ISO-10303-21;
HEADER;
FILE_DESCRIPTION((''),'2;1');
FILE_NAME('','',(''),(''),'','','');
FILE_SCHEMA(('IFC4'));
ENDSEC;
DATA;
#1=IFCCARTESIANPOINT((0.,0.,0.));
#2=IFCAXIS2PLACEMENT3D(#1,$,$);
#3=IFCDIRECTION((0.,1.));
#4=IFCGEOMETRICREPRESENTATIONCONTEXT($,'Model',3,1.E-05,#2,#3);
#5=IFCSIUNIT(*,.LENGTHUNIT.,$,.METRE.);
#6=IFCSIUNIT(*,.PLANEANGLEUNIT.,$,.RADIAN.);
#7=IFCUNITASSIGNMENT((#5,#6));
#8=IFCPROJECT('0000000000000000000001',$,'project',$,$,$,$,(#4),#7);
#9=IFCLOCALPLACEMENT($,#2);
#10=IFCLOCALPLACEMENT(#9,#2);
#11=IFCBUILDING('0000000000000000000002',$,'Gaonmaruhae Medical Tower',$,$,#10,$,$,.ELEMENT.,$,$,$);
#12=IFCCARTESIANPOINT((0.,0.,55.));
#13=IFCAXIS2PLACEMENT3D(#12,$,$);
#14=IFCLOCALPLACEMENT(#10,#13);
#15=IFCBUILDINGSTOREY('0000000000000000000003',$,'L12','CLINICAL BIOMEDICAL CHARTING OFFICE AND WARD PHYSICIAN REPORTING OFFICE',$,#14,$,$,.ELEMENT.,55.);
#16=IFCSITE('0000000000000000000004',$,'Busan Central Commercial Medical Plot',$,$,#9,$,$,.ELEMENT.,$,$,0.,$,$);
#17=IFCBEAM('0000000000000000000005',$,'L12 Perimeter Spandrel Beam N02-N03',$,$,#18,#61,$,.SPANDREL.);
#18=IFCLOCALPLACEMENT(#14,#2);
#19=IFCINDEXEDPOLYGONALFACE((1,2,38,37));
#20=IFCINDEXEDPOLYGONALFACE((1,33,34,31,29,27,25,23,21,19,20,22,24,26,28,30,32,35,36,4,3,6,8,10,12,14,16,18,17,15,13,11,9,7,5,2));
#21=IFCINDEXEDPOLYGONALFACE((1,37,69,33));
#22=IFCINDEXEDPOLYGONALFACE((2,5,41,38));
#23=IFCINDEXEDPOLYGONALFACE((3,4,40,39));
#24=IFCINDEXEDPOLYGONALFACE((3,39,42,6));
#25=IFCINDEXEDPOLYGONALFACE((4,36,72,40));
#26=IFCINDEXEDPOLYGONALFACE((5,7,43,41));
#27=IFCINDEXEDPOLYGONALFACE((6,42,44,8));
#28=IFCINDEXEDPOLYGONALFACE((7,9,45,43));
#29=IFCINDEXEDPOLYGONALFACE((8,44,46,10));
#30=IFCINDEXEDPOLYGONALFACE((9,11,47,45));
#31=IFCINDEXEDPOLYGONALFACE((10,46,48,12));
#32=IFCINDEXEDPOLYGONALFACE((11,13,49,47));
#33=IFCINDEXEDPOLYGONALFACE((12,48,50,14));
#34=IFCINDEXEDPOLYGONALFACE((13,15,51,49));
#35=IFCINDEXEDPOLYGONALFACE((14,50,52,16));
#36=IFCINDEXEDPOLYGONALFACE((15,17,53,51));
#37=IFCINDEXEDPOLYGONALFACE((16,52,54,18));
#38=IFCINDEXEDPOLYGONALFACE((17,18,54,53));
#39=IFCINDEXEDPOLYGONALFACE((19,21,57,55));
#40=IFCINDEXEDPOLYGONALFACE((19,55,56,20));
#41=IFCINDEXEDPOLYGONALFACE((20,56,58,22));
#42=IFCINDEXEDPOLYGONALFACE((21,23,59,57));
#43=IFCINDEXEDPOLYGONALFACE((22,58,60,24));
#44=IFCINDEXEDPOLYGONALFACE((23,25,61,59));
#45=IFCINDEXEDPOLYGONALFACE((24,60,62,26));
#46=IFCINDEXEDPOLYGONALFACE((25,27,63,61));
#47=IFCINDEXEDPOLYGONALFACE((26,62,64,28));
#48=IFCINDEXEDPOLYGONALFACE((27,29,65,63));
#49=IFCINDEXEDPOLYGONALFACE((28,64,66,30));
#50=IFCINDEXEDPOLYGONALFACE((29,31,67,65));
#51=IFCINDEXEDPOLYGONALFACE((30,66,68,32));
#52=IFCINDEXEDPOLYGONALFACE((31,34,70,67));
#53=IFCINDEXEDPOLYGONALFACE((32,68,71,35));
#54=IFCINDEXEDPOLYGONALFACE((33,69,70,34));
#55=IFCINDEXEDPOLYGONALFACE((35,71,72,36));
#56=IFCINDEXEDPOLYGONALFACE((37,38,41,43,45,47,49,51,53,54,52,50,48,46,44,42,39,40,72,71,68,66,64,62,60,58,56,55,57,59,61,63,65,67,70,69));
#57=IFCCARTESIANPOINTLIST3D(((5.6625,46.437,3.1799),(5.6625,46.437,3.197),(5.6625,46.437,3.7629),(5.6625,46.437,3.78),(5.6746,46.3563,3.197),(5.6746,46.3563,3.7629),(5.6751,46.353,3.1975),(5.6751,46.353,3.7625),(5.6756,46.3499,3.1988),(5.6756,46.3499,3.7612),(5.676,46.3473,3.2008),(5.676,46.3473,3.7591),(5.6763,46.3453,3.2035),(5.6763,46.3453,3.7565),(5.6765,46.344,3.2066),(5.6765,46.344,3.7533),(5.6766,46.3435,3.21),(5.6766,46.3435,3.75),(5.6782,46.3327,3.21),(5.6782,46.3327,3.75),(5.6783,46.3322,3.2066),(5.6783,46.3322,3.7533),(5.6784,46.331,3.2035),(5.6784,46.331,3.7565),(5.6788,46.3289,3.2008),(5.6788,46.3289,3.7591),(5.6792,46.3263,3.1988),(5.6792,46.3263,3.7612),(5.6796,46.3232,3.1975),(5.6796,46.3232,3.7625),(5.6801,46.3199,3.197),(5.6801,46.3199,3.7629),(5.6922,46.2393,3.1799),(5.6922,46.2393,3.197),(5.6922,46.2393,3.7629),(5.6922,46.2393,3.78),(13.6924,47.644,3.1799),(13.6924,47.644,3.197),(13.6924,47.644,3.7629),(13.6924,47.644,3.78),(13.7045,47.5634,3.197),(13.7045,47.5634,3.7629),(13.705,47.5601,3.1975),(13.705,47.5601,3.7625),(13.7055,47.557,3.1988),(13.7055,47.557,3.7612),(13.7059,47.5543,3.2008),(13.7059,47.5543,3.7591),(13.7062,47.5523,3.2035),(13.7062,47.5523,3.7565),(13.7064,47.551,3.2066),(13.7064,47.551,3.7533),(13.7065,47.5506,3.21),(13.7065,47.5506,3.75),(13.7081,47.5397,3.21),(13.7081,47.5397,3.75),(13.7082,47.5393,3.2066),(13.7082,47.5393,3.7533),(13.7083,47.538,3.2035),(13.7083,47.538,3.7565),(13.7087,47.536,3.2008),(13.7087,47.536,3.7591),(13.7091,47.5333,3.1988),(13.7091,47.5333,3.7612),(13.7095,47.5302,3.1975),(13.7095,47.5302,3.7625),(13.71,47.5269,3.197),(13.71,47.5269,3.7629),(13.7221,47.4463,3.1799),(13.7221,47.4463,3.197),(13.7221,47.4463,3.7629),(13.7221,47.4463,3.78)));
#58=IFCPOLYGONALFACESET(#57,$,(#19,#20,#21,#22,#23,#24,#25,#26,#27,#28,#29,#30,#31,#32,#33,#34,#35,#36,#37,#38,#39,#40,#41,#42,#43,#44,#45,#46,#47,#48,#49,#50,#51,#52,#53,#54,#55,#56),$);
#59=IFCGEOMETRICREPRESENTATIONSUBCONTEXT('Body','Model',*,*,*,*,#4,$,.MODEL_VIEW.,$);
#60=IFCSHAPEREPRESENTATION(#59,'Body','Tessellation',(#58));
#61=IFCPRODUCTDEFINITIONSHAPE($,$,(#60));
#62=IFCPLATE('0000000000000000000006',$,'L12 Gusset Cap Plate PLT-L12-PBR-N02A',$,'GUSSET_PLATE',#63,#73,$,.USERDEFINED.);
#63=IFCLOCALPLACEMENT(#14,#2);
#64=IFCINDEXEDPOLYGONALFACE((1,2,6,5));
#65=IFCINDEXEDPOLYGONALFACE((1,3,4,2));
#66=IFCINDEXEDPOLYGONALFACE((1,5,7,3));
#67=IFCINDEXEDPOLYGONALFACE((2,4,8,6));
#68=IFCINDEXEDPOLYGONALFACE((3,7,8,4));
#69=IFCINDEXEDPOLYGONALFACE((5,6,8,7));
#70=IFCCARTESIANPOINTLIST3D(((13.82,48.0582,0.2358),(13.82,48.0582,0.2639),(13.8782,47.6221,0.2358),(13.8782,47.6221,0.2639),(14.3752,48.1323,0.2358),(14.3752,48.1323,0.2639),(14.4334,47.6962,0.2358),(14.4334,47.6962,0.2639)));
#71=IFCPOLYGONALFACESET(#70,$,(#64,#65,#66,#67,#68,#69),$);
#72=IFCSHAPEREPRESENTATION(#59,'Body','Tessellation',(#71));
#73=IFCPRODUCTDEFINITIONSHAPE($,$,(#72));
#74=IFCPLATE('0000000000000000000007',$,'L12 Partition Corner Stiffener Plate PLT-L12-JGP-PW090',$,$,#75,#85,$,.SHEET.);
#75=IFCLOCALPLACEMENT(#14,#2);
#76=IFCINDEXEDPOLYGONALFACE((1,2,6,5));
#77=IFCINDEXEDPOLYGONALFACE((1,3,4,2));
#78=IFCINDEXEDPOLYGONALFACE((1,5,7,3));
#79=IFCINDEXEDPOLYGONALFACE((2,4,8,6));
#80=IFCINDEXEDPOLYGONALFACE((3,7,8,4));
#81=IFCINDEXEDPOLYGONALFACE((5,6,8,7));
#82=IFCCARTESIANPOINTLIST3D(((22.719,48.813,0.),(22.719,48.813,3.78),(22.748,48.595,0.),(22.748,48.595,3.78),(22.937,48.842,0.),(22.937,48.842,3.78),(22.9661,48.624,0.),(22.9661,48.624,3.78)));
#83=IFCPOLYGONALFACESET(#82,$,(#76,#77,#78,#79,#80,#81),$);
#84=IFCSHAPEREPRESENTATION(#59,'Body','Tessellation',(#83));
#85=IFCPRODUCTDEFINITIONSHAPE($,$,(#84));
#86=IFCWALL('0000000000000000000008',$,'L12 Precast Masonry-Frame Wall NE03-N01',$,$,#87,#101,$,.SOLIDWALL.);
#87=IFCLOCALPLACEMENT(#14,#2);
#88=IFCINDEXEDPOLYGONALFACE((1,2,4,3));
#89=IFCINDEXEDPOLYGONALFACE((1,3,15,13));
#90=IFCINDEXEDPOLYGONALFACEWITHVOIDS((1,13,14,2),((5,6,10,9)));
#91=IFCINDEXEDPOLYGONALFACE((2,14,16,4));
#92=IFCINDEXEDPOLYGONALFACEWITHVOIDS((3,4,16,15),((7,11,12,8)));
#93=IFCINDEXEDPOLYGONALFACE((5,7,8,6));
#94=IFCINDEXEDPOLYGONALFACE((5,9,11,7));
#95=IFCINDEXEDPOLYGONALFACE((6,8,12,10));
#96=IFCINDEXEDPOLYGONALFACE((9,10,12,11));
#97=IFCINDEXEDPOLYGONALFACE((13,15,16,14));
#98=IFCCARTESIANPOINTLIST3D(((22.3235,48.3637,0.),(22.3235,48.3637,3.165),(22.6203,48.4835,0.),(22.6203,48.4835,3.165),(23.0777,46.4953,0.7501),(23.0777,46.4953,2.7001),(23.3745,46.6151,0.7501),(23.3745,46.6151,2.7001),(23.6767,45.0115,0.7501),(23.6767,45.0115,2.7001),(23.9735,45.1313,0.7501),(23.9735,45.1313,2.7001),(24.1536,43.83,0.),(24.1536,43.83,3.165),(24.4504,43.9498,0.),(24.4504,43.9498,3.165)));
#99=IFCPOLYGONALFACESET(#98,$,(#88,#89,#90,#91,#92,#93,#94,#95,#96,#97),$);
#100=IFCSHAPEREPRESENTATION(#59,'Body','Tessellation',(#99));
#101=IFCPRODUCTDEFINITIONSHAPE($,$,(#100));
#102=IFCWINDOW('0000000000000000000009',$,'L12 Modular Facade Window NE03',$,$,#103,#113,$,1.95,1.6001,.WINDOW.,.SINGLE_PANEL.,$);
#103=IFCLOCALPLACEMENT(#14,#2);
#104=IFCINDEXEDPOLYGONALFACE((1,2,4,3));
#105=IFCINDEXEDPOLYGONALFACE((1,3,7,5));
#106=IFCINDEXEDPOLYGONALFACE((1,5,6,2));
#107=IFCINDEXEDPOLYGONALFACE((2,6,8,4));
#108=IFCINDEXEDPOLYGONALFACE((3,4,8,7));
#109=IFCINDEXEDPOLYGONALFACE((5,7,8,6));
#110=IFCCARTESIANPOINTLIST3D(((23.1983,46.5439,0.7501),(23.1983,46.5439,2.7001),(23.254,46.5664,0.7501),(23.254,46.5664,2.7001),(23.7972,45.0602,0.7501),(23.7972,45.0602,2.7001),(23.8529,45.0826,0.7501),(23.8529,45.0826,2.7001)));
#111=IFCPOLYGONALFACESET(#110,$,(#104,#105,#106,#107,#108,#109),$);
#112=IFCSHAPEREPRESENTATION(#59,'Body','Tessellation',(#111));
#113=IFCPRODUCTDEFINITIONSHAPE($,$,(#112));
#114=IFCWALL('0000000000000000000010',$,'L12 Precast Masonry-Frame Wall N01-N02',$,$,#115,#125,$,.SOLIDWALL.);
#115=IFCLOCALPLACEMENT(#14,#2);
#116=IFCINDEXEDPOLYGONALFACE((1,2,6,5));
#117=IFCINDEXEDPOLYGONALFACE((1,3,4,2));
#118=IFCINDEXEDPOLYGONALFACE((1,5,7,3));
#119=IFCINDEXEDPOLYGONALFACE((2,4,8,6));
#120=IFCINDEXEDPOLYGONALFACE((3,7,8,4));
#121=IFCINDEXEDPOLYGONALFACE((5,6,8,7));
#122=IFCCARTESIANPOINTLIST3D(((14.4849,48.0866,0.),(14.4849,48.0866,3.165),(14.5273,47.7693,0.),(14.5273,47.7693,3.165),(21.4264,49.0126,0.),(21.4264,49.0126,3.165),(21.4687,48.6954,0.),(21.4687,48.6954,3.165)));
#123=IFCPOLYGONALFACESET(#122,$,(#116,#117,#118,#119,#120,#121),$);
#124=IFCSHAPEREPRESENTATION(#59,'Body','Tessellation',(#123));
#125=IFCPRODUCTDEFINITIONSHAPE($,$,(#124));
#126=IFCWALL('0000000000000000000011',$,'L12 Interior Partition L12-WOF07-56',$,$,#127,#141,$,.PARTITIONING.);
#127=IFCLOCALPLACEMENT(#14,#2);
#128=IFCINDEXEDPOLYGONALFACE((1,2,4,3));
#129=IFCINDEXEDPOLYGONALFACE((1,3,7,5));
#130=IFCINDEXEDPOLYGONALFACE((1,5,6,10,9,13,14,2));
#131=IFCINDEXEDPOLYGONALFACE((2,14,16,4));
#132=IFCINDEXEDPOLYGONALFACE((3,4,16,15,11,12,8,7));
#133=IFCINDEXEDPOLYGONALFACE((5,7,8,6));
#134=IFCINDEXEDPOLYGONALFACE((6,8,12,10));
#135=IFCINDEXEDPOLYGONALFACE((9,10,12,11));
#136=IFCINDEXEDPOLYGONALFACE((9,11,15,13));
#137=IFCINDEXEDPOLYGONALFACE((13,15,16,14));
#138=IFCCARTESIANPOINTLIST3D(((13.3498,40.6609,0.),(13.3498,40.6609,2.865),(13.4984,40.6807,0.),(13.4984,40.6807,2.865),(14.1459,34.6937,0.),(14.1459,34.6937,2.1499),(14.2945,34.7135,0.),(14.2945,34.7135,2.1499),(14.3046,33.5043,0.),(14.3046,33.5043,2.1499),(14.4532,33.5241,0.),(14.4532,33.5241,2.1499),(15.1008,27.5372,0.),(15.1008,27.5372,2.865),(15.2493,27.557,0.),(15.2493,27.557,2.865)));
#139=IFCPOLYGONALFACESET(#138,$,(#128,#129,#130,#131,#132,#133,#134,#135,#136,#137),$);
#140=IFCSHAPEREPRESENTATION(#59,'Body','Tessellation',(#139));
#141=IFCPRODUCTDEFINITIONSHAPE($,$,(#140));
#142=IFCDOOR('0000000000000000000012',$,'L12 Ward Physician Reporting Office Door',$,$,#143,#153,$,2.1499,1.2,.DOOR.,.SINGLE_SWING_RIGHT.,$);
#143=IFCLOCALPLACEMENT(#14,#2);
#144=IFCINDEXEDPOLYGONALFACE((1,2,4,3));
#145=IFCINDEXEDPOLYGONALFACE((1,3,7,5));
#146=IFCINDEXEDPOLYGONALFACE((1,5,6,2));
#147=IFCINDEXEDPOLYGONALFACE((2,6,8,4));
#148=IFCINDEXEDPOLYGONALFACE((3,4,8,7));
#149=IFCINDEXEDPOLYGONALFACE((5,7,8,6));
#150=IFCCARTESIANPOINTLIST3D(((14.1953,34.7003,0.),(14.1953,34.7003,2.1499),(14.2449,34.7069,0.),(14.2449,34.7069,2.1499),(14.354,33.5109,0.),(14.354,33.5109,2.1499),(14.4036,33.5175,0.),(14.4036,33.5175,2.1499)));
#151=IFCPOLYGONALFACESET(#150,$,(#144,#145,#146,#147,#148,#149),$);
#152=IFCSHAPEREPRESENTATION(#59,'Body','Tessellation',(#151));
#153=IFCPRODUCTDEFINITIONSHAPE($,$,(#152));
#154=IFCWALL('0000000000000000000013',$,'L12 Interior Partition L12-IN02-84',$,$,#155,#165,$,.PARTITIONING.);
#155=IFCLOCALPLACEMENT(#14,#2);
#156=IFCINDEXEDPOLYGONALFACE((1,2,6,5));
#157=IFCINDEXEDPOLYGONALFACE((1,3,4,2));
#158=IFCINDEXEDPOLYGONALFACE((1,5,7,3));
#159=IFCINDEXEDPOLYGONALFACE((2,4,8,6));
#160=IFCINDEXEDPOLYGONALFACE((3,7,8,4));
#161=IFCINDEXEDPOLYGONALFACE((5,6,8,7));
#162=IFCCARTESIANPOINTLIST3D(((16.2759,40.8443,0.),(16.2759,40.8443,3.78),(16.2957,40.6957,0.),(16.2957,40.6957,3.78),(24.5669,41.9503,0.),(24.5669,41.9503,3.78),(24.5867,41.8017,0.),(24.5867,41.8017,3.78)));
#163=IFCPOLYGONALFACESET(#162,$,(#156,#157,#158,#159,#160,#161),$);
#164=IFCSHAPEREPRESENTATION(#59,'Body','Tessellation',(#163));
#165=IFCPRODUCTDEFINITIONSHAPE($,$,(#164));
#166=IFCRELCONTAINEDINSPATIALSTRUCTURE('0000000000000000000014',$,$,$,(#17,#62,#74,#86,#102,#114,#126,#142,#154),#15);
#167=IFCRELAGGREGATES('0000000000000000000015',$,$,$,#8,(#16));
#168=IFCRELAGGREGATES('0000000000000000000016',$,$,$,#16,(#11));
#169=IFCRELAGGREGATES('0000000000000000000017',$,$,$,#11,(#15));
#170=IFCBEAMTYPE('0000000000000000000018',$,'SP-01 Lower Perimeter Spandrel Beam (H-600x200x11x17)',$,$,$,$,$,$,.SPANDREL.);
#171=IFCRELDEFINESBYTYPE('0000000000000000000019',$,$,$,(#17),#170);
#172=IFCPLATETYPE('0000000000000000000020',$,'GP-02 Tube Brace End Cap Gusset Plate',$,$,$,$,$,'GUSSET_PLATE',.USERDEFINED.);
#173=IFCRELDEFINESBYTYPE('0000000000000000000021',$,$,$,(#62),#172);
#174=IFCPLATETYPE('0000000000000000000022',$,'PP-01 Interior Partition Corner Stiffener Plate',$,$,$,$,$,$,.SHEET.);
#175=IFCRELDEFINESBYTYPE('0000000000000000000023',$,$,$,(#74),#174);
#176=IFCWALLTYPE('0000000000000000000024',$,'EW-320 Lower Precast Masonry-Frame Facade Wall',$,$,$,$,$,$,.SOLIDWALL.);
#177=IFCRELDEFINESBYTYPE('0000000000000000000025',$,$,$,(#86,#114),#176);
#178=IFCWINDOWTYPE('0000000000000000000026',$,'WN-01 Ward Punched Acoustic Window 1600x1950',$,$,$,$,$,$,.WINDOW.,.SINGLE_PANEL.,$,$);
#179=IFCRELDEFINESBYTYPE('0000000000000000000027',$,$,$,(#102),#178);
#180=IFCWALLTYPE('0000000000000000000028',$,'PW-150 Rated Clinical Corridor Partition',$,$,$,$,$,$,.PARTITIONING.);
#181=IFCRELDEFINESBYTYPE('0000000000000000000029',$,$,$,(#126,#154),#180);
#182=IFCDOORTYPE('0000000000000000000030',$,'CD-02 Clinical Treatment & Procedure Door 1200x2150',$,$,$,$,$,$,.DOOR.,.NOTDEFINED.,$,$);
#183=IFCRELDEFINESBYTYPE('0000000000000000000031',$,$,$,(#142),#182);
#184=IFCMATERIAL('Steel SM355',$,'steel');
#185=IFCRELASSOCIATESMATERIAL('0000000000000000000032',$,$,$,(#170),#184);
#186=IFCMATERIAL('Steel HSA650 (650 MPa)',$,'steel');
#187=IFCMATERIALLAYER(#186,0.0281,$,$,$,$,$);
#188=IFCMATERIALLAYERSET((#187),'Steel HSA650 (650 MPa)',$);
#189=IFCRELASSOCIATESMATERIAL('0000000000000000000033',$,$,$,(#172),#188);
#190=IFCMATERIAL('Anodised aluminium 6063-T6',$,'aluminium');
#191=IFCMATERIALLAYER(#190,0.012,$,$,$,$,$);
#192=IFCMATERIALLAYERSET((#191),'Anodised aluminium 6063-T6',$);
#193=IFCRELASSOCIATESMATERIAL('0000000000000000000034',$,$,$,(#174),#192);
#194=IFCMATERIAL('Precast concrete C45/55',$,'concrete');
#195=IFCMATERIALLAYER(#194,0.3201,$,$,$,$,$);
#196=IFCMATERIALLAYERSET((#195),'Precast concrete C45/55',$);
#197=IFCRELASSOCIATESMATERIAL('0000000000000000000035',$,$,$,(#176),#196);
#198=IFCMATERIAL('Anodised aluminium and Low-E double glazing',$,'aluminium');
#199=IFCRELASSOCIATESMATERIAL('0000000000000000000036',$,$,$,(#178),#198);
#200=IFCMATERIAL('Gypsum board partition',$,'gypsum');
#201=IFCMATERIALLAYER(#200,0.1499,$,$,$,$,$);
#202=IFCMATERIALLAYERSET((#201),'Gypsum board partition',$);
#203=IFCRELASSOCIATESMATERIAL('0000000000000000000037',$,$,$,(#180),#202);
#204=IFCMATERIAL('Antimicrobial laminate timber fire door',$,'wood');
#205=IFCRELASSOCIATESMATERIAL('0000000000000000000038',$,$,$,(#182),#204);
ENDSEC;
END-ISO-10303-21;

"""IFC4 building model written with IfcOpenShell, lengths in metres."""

from ifc_helpers import new_model, si_unit, direction, frame, frame_2d, origin, origin_2d, place, context, subcontext, project, spatial, rectangle, i_section, extrude, material, layer, layer_set, material_profile, profile_set, type_object, element, fill, save


model = new_model("IFC4")

# Units and contexts
model_context = context("Model", 3, precision=1e-05, world=origin(), true_north=direction((0.0, 1.0)))
body_context = subcontext(model_context, "Body", "Model", "MODEL_VIEW")
ifc_project = project(units=[si_unit("LENGTHUNIT", "METRE"), si_unit("PLANEANGLEUNIT", "RADIAN")], contexts=[model_context])

# Site, building, storey
site_placement = place(None, origin())
site = spatial("IfcSite", under=ifc_project, at=site_placement, Name="Busan Central Commercial Medical Plot", CompositionType="ELEMENT", RefElevation=0.0)
building_placement = place(site_placement, origin())
building = spatial("IfcBuilding", under=site, at=building_placement, Name="Gaonmaruhae Medical Tower", CompositionType="ELEMENT")
storey_placement = place(building_placement, frame((0.0, 0.0, 55.0)))
storey = spatial("IfcBuildingStorey", under=building, at=storey_placement, Name="L12", Description="CLINICAL BIOMEDICAL CHARTING OFFICE AND WARD PHYSICIAN REPORTING OFFICE", CompositionType="ELEMENT", Elevation=55.0)

# Beam
ifc_material_1 = material(Name="Steel SM355", Category="steel")
ifc_material_profile_1 = material_profile(ifc_material_1, i_section(OverallWidth=0.2, OverallDepth=0.6001, WebThickness=0.011, FlangeThickness=0.0171, FilletRadius=0.0129, at=origin_2d()), Name="H-600x200x11x17")
ifc_profile_set_1 = profile_set([ifc_material_profile_1], Name="Steel SM355")
beam_type = type_object("IfcBeamType", Name="SP-01 Lower Perimeter Spandrel Beam (H-600x200x11x17)", PredefinedType="SPANDREL", material=ifc_profile_set_1)
for number, where, z_axis, x_axis, name in (
    (1, (13.7073, 47.5452, 3.48), (-0.98889, -0.148649, 0.0), (0.148649, -0.98889, 0.0), "L12 Perimeter Spandrel Beam N02-N03"),
):
    element("IfcBeam", number, at=place(storey_placement, frame(where, z_axis=z_axis, x_axis=x_axis)), inside=storey, type_object=beam_type, Name=name, PredefinedType="SPANDREL", context=body_context, shape_type="SweptSolid", body=[
        extrude(i_section(OverallWidth=0.2, OverallDepth=0.6001, WebThickness=0.011, FlangeThickness=0.0171, FilletRadius=0.0129, at=origin_2d()), origin(), (0.0, 0.0, 1.0), 8.1201),
    ])

# Plates
ifc_material_2 = material(Name="Steel HSA650 (650 MPa)", Category="steel")
ifc_layer_1 = layer(ifc_material_2, 0.0281)
ifc_layer_set_1 = layer_set([ifc_layer_1], Name="Steel HSA650 (650 MPa)")
plate_type_1 = type_object("IfcPlateType", Name="GP-02 Tube Brace End Cap Gusset Plate", ElementType="GUSSET_PLATE", PredefinedType="USERDEFINED", material=ifc_layer_set_1)
plate_1_placement = place(storey_placement, frame((14.1267, 47.8772, 0.2358), z_axis=(0.0, 0.0, 1.0), x_axis=(0.991216, 0.132256, 0.0)))
element("IfcPlate", 2, at=plate_1_placement, inside=storey, type_object=plate_type_1, Name="L12 Gusset Cap Plate PLT-L12-PBR-N02A", ObjectType="GUSSET_PLATE", PredefinedType="USERDEFINED", context=body_context, shape_type="SweptSolid", body=[
    extrude(rectangle(XDim=0.5601, YDim=0.4399, at=origin_2d()), origin(), (0.0, 0.0, 1.0), 0.0281),
])
ifc_material_3 = material(Name="Anodised aluminium 6063-T6", Category="aluminium")
ifc_layer_2 = layer(ifc_material_3, 0.012)
ifc_layer_set_2 = layer_set([ifc_layer_2], Name="Anodised aluminium 6063-T6")
plate_type_2 = type_object("IfcPlateType", Name="PP-01 Interior Partition Corner Stiffener Plate", PredefinedType="SHEET", material=ifc_layer_set_2)
plate_2_placement = place(storey_placement, frame((22.8425, 48.7185, 0.0), z_axis=(0.0, 0.0, 1.0), x_axis=(0.131945, -0.991257, 0.0)))
element("IfcPlate", 3, at=plate_2_placement, inside=storey, type_object=plate_type_2, Name="L12 Partition Corner Stiffener Plate PLT-L12-JGP-PW090", PredefinedType="SHEET", context=body_context, shape_type="SweptSolid", body=[
    extrude(rectangle(XDim=0.22, YDim=0.22, at=origin_2d()), origin(), (0.0, 0.0, 1.0), 3.78),
])

# Wall, opening, window
ifc_material_4 = material(Name="Precast concrete C45/55", Category="concrete")
ifc_layer_3 = layer(ifc_material_4, 0.3201)
ifc_layer_set_3 = layer_set([ifc_layer_3], Name="Precast concrete C45/55")
wall_type_1 = type_object("IfcWallType", Name="EW-320 Lower Precast Masonry-Frame Facade Wall", PredefinedType="SOLIDWALL", material=ifc_layer_set_3)
wall_1_placement = place(storey_placement, frame((22.4719, 48.4236, 0.0), z_axis=(0.0, 0.0, 1.0), x_axis=(0.374316, -0.927301, 0.0)))
wall_1 = element("IfcWall", 4, at=wall_1_placement, inside=storey, type_object=wall_type_1, Name="L12 Precast Masonry-Frame Wall NE03-N01", PredefinedType="SOLIDWALL", context=body_context, shape_type="SweptSolid", body=[
    extrude(rectangle(XDim=4.8892, YDim=0.3201, at=frame_2d((2.4446, 0.0))), origin(), (0.0, 0.0, 1.0), 3.165),
])
opening_1_placement = place(wall_1_placement, frame((2.0149, 0.0, 0.75)))
opening_1 = element("IfcOpeningElement", 5, at=opening_1_placement, cuts=wall_1, PredefinedType="OPENING", context=body_context, shape_type="SweptSolid", body=[
    extrude(rectangle(XDim=1.6001, YDim=1.95, at=frame_2d((0.8, 0.9751))), frame((0.0, 0.1699, 0.0), z_axis=(0.0, -1.0, 0.0), x_axis=(1.0, 0.0, 0.0)), (0.0, 0.0, 1.0), 0.3401),
])
ifc_material_5 = material(Name="Anodised aluminium and Low-E double glazing", Category="aluminium")
window_type = type_object("IfcWindowType", Name="WN-01 Ward Punched Acoustic Window 1600x1950", PartitioningType="SINGLE_PANEL", PredefinedType="WINDOW", material=ifc_material_5)
window_placement = place(opening_1_placement, origin())
window = element("IfcWindow", 6, at=window_placement, inside=storey, type_object=window_type, Name="L12 Modular Facade Window NE03", OverallHeight=1.95, OverallWidth=1.6001, PartitioningType="SINGLE_PANEL", PredefinedType="WINDOW", context=body_context, shape_type="SweptSolid", body=[
    extrude(rectangle(XDim=1.6001, YDim=1.95, at=frame_2d((0.8, 0.9751))), frame((0.0, 0.03, 0.0), z_axis=(0.0, -1.0, 0.0), x_axis=(1.0, 0.0, 0.0)), (0.0, 0.0, 1.0), 0.0601),
])
fill(opening_1, window)

# Wall
wall_2_placement = place(storey_placement, frame((14.5061, 47.928, 0.0), z_axis=(0.0, 0.0, 1.0), x_axis=(0.991218, 0.132235, 0.0)))
element("IfcWall", 7, at=wall_2_placement, inside=storey, type_object=wall_type_1, Name="L12 Precast Masonry-Frame Wall N01-N02", PredefinedType="SOLIDWALL", context=body_context, shape_type="SweptSolid", body=[
    extrude(rectangle(XDim=7.0029, YDim=0.3201, at=frame_2d((3.5015, 0.0))), origin(), (0.0, 0.0, 1.0), 3.165),
])

# Wall, opening, door
ifc_material_6 = material(Name="Gypsum board partition", Category="gypsum")
ifc_layer_4 = layer(ifc_material_6, 0.1499)
ifc_layer_set_4 = layer_set([ifc_layer_4], Name="Gypsum board partition")
wall_type_2 = type_object("IfcWallType", Name="PW-150 Rated Clinical Corridor Partition", PredefinedType="PARTITIONING", material=ifc_layer_set_4)
wall_3_placement = place(storey_placement, frame((13.4241, 40.6709, 0.0), z_axis=(0.0, 0.0, 1.0), x_axis=(0.132248, -0.991217, 0.0)))
wall_3 = element("IfcWall", 8, at=wall_3_placement, inside=storey, type_object=wall_type_2, Name="L12 Interior Partition L12-WOF07-56", PredefinedType="PARTITIONING", context=body_context, shape_type="SweptSolid", body=[
    extrude(rectangle(XDim=13.24, YDim=0.1499, at=frame_2d((6.6201, 0.0))), origin(), (0.0, 0.0, 1.0), 2.865),
])
opening_2_placement = place(wall_3_placement, frame((6.02, 0.0, 0.0)))
opening_2 = element("IfcOpeningElement", 9, at=opening_2_placement, cuts=wall_3, PredefinedType="OPENING", context=body_context, shape_type="SweptSolid", body=[
    extrude(rectangle(XDim=1.2, YDim=2.1499, at=frame_2d((0.6001, 1.075))), frame((0.0, 0.085, 0.0), z_axis=(0.0, -1.0, 0.0), x_axis=(1.0, 0.0, 0.0)), (0.0, 0.0, 1.0), 0.1699),
])
ifc_material_7 = material(Name="Antimicrobial laminate timber fire door", Category="wood")
door_type_1 = type_object("IfcDoorType", Name="CD-02 Clinical Treatment & Procedure Door 1200x2150", OperationType="NOTDEFINED", PredefinedType="DOOR", material=ifc_material_7)
door_1_placement = place(opening_2_placement, origin())
door_1 = element("IfcDoor", 10, at=door_1_placement, inside=storey, type_object=door_type_1, Name="L12 Ward Physician Reporting Office Door", OperationType="SINGLE_SWING_RIGHT", OverallHeight=2.1499, OverallWidth=1.2, PredefinedType="DOOR", context=body_context, shape_type="SweptSolid", body=[
    extrude(rectangle(XDim=1.2, YDim=2.1499, at=frame_2d((0.6001, 1.075))), frame((0.0, 0.0249, 0.0), z_axis=(0.0, -1.0, 0.0), x_axis=(1.0, 0.0, 0.0)), (0.0, 0.0, 1.0), 0.05),
])
fill(opening_2, door_1)

# Wall
wall_4_placement = place(storey_placement, frame((16.2859, 40.77, 0.0), z_axis=(0.0, 0.0, 1.0), x_axis=(0.99122, 0.132221, 0.0)))
element("IfcWall", 11, at=wall_4_placement, inside=storey, type_object=wall_type_2, Name="L12 Interior Partition L12-IN02-84", PredefinedType="PARTITIONING", context=body_context, shape_type="SweptSolid", body=[
    extrude(rectangle(XDim=8.3645, YDim=0.1499, at=frame_2d((4.1821, 0.0))), origin(), (0.0, 0.0, 1.0), 3.78),
])

save(model, "model.ifc")
